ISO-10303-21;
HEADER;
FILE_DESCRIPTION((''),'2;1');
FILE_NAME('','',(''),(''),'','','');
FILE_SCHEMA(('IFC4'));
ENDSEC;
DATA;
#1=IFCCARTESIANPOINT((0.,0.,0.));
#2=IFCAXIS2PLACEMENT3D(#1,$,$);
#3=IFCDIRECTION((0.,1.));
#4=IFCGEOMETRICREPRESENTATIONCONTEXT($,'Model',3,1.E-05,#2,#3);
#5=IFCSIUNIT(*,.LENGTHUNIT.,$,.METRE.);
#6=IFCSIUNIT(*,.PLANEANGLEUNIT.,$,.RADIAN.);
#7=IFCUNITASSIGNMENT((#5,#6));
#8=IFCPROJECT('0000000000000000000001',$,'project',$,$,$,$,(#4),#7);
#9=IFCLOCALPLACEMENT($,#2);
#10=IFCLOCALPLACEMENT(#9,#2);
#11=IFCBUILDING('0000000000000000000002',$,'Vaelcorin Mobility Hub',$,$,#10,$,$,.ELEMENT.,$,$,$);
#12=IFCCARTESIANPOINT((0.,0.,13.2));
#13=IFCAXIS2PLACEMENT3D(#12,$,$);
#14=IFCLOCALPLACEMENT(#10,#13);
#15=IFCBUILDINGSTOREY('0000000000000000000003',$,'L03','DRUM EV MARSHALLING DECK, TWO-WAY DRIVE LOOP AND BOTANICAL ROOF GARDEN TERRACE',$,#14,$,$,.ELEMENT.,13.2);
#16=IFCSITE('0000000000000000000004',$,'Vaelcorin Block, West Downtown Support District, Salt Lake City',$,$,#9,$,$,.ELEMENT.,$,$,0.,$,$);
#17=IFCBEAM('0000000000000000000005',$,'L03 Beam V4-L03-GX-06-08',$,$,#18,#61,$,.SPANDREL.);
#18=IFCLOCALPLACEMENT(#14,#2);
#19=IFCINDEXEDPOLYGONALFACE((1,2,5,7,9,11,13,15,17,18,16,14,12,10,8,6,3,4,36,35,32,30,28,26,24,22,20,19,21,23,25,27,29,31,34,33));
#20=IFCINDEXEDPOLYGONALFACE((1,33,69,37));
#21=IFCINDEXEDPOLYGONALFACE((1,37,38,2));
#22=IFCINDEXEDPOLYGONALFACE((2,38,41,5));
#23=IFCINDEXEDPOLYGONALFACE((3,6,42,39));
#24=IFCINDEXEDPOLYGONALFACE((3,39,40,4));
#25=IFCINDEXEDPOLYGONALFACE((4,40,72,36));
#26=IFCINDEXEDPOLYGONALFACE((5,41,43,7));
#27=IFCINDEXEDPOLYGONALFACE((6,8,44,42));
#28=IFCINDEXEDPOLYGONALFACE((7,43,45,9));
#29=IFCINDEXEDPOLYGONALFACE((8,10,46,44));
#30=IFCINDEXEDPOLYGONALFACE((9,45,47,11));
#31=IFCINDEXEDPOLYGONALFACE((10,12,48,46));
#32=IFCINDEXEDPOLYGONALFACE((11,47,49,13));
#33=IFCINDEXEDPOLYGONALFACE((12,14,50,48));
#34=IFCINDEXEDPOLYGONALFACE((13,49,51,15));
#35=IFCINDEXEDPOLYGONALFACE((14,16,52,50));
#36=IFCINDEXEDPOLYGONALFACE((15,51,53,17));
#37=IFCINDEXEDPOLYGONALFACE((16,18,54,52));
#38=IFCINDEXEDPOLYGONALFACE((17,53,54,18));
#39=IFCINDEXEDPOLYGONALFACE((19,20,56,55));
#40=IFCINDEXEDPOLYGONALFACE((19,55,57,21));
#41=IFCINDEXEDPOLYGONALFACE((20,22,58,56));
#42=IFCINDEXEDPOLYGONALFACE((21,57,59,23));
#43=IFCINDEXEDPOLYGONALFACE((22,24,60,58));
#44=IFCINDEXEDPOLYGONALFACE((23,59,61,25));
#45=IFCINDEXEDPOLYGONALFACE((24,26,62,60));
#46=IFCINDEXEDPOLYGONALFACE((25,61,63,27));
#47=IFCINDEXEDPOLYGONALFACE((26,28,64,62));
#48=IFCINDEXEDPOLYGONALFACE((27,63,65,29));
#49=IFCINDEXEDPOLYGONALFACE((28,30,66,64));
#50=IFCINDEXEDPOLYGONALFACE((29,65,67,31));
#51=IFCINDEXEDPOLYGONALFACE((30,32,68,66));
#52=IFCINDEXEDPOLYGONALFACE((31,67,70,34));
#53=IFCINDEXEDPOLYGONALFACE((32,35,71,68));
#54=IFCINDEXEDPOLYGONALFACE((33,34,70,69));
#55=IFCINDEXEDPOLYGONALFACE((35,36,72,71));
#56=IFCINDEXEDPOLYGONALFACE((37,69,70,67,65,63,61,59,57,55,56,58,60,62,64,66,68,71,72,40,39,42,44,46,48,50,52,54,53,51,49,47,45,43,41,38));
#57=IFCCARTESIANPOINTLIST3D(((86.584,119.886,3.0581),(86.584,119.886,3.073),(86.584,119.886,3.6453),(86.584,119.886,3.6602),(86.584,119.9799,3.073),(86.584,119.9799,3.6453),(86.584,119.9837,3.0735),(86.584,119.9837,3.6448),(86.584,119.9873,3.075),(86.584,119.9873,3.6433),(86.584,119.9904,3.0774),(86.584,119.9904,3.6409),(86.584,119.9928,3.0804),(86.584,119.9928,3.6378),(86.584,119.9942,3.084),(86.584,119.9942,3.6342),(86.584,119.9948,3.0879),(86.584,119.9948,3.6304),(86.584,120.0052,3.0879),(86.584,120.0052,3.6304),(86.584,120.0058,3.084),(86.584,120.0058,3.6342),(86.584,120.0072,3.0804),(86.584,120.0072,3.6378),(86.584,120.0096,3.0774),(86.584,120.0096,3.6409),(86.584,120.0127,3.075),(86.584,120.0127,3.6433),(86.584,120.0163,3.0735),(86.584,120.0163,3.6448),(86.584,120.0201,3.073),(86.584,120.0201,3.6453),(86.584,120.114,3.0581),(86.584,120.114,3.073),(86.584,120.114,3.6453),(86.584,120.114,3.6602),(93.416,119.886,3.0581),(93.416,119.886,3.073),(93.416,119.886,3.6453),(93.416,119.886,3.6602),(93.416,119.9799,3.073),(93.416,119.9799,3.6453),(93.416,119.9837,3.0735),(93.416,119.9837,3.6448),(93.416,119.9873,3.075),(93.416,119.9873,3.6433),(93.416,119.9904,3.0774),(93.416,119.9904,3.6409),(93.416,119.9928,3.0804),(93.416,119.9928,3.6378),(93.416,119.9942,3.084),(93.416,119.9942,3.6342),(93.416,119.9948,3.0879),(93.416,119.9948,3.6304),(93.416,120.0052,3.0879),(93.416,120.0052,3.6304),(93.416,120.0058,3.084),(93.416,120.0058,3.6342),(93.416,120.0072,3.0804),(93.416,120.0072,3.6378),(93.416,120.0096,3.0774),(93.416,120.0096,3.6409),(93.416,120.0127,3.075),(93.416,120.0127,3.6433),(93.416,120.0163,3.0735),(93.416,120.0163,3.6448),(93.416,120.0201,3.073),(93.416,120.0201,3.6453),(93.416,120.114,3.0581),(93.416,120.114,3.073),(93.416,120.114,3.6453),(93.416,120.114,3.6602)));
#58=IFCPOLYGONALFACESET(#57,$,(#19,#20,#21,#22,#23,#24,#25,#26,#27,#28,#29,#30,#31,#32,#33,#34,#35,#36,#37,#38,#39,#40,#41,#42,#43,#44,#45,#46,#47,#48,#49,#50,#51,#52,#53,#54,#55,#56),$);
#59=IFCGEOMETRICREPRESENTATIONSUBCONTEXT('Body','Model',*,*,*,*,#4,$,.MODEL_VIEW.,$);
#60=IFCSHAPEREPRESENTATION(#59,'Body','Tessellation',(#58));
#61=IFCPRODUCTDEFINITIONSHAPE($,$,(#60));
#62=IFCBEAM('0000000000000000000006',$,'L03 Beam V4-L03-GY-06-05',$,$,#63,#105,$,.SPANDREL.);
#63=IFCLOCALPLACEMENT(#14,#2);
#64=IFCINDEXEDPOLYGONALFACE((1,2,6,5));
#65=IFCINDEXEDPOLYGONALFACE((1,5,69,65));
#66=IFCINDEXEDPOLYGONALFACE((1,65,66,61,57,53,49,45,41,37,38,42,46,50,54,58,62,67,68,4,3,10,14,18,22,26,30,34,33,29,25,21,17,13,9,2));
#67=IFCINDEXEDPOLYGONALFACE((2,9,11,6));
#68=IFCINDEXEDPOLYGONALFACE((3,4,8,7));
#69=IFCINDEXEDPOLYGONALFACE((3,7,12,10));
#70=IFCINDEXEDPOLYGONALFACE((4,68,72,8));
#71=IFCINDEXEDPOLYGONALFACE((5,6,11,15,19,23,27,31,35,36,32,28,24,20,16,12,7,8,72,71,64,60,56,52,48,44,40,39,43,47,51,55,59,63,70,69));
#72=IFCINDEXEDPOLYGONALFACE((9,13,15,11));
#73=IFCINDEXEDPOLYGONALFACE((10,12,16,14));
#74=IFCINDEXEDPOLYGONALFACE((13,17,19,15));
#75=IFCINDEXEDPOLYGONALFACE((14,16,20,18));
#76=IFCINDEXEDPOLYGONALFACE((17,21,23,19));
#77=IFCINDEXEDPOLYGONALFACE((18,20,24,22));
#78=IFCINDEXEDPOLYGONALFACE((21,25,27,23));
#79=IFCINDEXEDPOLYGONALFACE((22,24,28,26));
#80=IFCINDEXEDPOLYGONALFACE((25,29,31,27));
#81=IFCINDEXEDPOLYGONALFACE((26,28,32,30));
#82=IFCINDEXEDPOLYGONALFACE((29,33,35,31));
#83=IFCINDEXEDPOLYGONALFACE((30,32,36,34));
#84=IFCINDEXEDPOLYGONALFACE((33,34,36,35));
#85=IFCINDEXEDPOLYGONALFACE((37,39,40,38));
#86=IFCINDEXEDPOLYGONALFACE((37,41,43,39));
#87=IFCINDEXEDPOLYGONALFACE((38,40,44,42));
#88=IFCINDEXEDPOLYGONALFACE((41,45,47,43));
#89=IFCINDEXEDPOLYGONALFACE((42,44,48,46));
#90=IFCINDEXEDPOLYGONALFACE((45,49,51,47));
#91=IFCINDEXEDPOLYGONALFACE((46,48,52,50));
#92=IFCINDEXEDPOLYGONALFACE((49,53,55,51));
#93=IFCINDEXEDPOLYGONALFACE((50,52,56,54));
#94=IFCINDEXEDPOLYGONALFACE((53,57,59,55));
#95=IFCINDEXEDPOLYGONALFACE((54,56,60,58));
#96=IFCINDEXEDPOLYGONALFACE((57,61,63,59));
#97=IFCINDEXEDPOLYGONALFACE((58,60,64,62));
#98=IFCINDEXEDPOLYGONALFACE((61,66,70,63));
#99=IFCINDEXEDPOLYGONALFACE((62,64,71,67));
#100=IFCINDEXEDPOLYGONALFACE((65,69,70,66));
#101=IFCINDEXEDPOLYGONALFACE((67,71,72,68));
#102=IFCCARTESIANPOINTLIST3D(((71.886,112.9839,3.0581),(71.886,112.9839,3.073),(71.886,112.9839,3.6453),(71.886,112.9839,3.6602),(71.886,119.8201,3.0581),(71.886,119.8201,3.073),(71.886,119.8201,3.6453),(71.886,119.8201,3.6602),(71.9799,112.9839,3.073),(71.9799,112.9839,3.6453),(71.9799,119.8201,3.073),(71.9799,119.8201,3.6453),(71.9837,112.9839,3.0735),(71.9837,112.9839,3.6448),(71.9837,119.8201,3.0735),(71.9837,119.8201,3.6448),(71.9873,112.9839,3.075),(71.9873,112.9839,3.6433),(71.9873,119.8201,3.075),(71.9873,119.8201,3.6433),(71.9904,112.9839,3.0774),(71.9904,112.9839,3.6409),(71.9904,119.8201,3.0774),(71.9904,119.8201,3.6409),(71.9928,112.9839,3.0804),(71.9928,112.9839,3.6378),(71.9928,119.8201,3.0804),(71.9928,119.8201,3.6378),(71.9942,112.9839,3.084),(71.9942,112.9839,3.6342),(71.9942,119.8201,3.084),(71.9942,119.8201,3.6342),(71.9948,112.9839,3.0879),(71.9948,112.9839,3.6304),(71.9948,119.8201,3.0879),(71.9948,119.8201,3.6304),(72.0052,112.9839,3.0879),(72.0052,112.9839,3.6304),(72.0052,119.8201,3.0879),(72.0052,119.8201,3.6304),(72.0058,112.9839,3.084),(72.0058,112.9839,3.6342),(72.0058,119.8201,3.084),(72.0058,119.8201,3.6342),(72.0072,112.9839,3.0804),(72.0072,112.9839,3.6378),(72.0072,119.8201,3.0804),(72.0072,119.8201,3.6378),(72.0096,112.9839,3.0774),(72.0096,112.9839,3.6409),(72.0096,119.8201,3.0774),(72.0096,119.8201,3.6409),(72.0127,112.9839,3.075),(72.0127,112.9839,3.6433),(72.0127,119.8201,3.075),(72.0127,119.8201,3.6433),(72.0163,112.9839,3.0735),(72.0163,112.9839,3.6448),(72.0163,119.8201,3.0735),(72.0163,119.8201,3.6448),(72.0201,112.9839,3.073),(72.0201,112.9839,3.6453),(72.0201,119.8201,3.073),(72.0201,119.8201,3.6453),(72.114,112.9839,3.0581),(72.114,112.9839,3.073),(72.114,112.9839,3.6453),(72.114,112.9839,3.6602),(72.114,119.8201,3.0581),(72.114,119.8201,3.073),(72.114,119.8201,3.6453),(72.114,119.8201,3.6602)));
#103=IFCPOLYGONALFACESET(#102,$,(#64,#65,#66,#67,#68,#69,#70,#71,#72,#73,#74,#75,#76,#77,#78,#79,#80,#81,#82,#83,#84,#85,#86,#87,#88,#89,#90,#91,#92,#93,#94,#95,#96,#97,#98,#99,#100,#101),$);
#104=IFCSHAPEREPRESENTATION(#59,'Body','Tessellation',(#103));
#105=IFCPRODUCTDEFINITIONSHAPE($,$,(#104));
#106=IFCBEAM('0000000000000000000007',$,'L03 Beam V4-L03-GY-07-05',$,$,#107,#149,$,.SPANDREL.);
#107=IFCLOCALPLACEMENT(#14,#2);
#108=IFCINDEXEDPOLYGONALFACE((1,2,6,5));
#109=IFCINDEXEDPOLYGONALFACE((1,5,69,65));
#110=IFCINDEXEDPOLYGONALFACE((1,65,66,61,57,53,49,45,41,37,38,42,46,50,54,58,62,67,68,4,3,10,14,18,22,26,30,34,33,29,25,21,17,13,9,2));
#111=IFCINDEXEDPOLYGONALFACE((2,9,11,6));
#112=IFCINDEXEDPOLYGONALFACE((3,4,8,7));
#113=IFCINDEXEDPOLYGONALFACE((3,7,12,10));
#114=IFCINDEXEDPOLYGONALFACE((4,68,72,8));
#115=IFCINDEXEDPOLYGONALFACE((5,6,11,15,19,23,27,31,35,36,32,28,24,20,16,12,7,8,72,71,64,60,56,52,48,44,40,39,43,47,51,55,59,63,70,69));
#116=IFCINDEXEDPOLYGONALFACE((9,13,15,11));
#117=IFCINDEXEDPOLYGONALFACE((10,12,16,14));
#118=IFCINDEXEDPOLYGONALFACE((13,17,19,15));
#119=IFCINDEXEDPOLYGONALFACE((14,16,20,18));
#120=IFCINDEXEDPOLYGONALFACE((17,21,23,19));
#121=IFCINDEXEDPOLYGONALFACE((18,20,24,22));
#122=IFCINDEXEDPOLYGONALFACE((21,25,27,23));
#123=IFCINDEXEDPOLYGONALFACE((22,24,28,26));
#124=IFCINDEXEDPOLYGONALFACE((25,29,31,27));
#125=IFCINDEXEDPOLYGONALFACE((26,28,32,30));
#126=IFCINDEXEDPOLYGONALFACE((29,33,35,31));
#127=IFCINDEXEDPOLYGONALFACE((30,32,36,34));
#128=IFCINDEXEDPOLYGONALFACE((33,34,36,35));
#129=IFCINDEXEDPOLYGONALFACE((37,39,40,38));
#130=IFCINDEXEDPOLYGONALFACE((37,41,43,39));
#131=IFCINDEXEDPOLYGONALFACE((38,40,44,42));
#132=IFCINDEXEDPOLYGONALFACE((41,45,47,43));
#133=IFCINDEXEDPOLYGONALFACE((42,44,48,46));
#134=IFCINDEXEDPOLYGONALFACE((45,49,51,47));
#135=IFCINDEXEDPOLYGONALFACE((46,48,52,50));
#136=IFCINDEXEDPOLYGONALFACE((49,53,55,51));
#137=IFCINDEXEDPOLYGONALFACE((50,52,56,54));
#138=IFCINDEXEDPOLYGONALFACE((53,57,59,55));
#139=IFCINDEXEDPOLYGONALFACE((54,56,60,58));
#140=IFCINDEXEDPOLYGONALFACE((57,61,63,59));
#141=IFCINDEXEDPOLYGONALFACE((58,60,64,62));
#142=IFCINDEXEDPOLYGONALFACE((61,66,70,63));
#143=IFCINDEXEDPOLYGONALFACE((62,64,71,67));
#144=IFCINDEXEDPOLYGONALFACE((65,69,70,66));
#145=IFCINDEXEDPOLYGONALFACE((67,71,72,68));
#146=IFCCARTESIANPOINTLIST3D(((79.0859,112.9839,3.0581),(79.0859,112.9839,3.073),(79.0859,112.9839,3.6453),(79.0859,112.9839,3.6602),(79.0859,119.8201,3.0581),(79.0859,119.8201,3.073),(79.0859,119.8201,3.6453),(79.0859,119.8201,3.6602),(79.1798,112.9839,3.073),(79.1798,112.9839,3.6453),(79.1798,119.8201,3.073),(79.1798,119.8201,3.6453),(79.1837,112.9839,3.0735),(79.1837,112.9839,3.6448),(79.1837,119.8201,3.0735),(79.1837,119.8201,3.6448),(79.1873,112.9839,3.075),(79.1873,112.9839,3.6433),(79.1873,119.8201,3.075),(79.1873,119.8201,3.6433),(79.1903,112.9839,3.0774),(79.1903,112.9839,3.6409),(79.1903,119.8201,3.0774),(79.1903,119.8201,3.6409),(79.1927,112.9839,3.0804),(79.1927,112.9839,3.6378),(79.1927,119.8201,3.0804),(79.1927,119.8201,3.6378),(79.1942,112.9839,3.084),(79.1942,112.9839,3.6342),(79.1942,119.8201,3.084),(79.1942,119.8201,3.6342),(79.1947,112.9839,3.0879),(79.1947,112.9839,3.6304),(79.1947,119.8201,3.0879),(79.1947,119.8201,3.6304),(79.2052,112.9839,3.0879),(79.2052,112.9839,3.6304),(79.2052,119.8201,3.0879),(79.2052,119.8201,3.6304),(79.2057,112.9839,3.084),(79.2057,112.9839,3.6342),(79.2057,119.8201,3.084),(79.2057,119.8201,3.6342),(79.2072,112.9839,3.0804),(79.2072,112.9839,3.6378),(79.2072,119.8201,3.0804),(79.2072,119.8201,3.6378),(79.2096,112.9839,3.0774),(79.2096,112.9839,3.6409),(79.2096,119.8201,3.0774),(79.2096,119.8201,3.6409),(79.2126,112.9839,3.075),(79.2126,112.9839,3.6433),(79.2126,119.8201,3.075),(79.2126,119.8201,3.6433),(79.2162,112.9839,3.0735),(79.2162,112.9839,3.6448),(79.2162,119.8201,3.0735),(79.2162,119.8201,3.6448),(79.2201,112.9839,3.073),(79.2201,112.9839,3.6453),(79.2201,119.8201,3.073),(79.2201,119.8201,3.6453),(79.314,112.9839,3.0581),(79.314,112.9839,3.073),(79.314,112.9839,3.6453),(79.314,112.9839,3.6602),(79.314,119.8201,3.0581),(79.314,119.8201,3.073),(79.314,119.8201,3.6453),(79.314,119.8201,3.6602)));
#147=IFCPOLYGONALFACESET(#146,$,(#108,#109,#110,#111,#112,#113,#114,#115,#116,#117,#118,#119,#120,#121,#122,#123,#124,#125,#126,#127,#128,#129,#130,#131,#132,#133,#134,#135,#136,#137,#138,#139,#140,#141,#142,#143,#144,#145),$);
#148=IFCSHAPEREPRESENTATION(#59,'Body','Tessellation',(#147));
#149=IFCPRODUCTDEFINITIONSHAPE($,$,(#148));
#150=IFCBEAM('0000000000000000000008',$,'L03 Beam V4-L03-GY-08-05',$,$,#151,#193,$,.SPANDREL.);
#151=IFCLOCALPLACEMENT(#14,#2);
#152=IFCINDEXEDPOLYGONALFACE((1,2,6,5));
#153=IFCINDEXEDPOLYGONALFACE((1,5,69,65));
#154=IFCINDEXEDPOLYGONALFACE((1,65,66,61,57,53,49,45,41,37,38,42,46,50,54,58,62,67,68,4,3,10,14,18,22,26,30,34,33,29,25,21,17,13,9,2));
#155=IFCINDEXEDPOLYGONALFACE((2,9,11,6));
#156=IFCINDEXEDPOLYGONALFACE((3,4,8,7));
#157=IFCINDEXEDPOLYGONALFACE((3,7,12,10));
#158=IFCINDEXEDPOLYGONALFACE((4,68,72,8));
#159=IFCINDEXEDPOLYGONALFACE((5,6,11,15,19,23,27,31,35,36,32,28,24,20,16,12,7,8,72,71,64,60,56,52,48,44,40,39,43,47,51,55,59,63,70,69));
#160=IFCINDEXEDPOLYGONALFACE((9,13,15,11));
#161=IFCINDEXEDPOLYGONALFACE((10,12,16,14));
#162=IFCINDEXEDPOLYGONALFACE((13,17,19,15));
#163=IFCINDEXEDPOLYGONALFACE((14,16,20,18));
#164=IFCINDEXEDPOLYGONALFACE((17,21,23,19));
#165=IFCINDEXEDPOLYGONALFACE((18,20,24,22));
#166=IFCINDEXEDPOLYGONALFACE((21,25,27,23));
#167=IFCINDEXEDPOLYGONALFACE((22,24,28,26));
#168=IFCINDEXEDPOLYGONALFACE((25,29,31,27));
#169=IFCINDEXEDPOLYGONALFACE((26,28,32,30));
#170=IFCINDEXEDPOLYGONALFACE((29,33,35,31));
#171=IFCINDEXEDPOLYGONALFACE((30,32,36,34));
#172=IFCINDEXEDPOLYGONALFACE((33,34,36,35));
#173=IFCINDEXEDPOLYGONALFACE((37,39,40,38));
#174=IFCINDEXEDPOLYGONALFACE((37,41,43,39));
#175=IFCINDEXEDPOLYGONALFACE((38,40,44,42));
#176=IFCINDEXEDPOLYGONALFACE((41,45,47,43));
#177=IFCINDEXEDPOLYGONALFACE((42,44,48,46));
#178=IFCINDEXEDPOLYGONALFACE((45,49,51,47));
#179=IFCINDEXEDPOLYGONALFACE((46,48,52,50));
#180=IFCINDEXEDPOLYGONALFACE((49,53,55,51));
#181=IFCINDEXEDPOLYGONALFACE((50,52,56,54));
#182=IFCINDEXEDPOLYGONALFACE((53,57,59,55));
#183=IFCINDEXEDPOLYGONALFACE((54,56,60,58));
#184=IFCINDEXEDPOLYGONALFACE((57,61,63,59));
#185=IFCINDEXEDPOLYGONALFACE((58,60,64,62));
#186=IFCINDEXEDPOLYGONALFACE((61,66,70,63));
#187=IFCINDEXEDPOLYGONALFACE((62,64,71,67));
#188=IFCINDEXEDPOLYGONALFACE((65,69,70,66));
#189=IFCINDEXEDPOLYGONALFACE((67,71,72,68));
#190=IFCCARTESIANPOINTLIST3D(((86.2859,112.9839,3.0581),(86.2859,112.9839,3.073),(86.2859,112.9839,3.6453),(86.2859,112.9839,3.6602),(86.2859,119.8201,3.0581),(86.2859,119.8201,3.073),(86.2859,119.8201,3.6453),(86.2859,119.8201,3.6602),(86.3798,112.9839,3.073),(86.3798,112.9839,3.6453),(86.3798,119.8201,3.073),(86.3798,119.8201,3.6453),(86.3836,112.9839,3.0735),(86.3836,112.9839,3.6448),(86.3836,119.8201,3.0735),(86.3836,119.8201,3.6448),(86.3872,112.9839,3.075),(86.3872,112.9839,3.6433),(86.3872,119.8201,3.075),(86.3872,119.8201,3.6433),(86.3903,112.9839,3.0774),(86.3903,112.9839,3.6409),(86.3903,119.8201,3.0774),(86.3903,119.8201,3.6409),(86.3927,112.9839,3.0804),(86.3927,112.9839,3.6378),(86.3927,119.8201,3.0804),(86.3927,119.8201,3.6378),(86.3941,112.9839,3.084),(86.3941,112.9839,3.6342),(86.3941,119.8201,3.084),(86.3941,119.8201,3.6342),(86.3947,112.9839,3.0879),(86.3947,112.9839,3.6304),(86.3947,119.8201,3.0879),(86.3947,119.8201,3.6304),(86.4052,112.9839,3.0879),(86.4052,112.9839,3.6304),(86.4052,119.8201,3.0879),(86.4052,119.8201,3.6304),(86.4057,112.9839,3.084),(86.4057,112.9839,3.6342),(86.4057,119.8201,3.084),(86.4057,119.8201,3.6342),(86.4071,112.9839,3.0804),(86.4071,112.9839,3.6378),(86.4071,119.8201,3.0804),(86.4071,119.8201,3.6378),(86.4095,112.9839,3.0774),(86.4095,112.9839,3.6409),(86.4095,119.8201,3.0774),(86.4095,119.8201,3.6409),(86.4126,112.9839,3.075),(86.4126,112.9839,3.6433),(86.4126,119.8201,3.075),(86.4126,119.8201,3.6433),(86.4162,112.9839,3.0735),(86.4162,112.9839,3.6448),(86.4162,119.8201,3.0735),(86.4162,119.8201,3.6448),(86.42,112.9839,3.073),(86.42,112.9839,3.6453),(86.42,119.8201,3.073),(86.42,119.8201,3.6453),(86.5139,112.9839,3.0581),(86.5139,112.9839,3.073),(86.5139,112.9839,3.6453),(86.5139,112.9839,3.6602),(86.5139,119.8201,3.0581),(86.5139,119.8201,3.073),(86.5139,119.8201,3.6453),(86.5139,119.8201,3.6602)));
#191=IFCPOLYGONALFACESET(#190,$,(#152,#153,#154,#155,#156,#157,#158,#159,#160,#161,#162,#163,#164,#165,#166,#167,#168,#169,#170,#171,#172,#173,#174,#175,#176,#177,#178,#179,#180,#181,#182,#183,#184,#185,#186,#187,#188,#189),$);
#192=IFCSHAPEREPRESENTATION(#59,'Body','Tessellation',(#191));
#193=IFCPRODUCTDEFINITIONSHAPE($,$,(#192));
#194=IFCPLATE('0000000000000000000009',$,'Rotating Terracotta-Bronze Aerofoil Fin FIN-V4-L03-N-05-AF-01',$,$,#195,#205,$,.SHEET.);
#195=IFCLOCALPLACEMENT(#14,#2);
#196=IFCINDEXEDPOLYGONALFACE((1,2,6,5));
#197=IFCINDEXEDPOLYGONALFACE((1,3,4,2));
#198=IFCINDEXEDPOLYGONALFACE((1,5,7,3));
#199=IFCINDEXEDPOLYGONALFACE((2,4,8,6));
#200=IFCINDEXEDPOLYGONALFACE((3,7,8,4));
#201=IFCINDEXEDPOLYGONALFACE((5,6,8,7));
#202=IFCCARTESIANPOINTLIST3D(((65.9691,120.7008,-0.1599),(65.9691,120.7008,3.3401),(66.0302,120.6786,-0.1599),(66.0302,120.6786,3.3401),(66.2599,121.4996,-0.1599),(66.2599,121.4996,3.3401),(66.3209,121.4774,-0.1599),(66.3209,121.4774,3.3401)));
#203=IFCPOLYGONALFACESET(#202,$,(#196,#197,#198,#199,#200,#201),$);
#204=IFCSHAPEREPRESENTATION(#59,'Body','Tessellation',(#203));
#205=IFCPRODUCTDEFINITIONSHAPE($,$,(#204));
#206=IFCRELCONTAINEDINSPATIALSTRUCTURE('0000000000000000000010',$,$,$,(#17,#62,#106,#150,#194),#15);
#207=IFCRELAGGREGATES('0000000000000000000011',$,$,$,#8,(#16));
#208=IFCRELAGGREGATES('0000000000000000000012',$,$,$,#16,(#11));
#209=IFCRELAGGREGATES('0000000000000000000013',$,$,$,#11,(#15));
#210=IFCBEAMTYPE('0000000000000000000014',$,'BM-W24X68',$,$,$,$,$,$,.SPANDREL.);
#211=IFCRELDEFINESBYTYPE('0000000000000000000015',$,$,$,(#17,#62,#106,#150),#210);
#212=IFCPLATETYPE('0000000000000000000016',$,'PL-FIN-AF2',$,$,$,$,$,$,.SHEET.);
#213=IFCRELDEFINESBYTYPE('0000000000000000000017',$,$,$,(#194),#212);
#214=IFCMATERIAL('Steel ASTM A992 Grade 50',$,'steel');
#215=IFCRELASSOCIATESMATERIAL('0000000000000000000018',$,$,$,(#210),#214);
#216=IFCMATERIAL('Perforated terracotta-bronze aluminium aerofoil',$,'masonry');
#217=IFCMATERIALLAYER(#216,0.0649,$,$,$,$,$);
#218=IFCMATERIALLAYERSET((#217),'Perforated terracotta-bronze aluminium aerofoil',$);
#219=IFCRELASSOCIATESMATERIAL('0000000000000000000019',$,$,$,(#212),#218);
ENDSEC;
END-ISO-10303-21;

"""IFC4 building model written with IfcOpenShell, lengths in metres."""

from ifc_helpers import new_model, si_unit, direction, frame, origin, origin_2d, place, context, subcontext, project, spatial, rectangle, i_section, extrude, material, layer, layer_set, material_profile, profile_set, type_object, element, save


model = new_model("IFC4")

# Units and contexts
model_context = context("Model", 3, precision=1e-05, world=origin(), true_north=direction((0.0, 1.0)))
body_context = subcontext(model_context, "Body", "Model", "MODEL_VIEW")
ifc_project = project(units=[si_unit("LENGTHUNIT", "METRE"), si_unit("PLANEANGLEUNIT", "RADIAN")], contexts=[model_context])

# Site, building, storey
site_placement = place(None, origin())
site = spatial("IfcSite", under=ifc_project, at=site_placement, Name="Vaelcorin Block, West Downtown Support District, Salt Lake City", CompositionType="ELEMENT", RefElevation=0.0)
building_placement = place(site_placement, origin())
building = spatial("IfcBuilding", under=site, at=building_placement, Name="Vaelcorin Mobility Hub", CompositionType="ELEMENT")
storey_placement = place(building_placement, frame((0.0, 0.0, 13.2)))
storey = spatial("IfcBuildingStorey", under=building, at=storey_placement, Name="L03", Description="DRUM EV MARSHALLING DECK, TWO-WAY DRIVE LOOP AND BOTANICAL ROOF GARDEN TERRACE", CompositionType="ELEMENT", Elevation=13.2)

# Shared definitions
ifc_material_1 = material(Name="Steel ASTM A992 Grade 50", Category="steel")

# Beams
ifc_material_profile_1 = material_profile(ifc_material_1, i_section(OverallWidth=0.228, OverallDepth=0.6021, WebThickness=0.0105, FlangeThickness=0.0149, FilletRadius=0.0149, at=origin_2d()), Name="W24X68")
ifc_profile_set_1 = profile_set([ifc_material_profile_1], Name="Steel ASTM A992 Grade 50")
beam_type_1 = type_object("IfcBeamType", Name="BM-W24X68", PredefinedType="SPANDREL", material=ifc_profile_set_1)
beam_placement = place(storey_placement, frame((86.584, 120.0, 3.3591), z_axis=(1.0, 0.0, 0.0), x_axis=(0.0, 1.0, 0.0)))
element("IfcBeam", 1, at=beam_placement, inside=storey, type_object=beam_type_1, Name="L03 Beam V4-L03-GX-06-08", PredefinedType="SPANDREL", context=body_context, shape_type="SweptSolid", body=[
    extrude(i_section(OverallWidth=0.228, OverallDepth=0.6021, WebThickness=0.0105, FlangeThickness=0.0149, FilletRadius=0.0149, at=origin_2d()), origin(), (0.0, 0.0, 1.0), 6.832),
])
for number, where, z_axis, x_axis, name in (
    (2, (72.0, 112.9839, 3.3591), (0.0, 1.0, 0.0), (-1.0, 0.0, 0.0), "L03 Beam V4-L03-GY-06-05"),
    (3, (79.2, 112.9839, 3.3591), (0.0, 1.0, 0.0), (-1.0, 0.0, 0.0), "L03 Beam V4-L03-GY-07-05"),
    (4, (86.3999, 112.9839, 3.3591), (0.0, 1.0, 0.0), (-1.0, 0.0, 0.0), "L03 Beam V4-L03-GY-08-05"),
):
    element("IfcBeam", number, at=place(storey_placement, frame(where, z_axis=z_axis, x_axis=x_axis)), inside=storey, type_object=beam_type_1, Name=name, PredefinedType="SPANDREL", context=body_context, shape_type="SweptSolid", body=[
        extrude(i_section(OverallWidth=0.228, OverallDepth=0.6021, WebThickness=0.0105, FlangeThickness=0.0149, FilletRadius=0.0149, at=origin_2d()), origin(), (0.0, 0.0, 1.0), 6.8362),
    ])

# Plate
ifc_material_2 = material(Name="Perforated terracotta-bronze aluminium aerofoil", Category="masonry")
ifc_layer_1 = layer(ifc_material_2, 0.0649)
ifc_layer_set_1 = layer_set([ifc_layer_1], Name="Perforated terracotta-bronze aluminium aerofoil")
plate_type = type_object("IfcPlateType", Name="PL-FIN-AF2", PredefinedType="SHEET", material=ifc_layer_set_1)
for number, where, z_axis, x_axis, name in (
    (5, (66.145, 121.0891, -0.1599), (0.0, 0.0, 1.0), (0.34202, 0.939693, 0.0), "Rotating Terracotta-Bronze Aerofoil Fin FIN-V4-L03-N-05-AF-01"),
):
    element("IfcPlate", number, at=place(storey_placement, frame(where, z_axis=z_axis, x_axis=x_axis)), inside=storey, type_object=plate_type, Name=name, PredefinedType="SHEET", context=body_context, shape_type="SweptSolid", body=[
        extrude(rectangle(XDim=0.8501, YDim=0.0649, at=origin_2d()), origin(), (0.0, 0.0, 1.0), 3.5),
    ])

save(model, "model.ifc")
